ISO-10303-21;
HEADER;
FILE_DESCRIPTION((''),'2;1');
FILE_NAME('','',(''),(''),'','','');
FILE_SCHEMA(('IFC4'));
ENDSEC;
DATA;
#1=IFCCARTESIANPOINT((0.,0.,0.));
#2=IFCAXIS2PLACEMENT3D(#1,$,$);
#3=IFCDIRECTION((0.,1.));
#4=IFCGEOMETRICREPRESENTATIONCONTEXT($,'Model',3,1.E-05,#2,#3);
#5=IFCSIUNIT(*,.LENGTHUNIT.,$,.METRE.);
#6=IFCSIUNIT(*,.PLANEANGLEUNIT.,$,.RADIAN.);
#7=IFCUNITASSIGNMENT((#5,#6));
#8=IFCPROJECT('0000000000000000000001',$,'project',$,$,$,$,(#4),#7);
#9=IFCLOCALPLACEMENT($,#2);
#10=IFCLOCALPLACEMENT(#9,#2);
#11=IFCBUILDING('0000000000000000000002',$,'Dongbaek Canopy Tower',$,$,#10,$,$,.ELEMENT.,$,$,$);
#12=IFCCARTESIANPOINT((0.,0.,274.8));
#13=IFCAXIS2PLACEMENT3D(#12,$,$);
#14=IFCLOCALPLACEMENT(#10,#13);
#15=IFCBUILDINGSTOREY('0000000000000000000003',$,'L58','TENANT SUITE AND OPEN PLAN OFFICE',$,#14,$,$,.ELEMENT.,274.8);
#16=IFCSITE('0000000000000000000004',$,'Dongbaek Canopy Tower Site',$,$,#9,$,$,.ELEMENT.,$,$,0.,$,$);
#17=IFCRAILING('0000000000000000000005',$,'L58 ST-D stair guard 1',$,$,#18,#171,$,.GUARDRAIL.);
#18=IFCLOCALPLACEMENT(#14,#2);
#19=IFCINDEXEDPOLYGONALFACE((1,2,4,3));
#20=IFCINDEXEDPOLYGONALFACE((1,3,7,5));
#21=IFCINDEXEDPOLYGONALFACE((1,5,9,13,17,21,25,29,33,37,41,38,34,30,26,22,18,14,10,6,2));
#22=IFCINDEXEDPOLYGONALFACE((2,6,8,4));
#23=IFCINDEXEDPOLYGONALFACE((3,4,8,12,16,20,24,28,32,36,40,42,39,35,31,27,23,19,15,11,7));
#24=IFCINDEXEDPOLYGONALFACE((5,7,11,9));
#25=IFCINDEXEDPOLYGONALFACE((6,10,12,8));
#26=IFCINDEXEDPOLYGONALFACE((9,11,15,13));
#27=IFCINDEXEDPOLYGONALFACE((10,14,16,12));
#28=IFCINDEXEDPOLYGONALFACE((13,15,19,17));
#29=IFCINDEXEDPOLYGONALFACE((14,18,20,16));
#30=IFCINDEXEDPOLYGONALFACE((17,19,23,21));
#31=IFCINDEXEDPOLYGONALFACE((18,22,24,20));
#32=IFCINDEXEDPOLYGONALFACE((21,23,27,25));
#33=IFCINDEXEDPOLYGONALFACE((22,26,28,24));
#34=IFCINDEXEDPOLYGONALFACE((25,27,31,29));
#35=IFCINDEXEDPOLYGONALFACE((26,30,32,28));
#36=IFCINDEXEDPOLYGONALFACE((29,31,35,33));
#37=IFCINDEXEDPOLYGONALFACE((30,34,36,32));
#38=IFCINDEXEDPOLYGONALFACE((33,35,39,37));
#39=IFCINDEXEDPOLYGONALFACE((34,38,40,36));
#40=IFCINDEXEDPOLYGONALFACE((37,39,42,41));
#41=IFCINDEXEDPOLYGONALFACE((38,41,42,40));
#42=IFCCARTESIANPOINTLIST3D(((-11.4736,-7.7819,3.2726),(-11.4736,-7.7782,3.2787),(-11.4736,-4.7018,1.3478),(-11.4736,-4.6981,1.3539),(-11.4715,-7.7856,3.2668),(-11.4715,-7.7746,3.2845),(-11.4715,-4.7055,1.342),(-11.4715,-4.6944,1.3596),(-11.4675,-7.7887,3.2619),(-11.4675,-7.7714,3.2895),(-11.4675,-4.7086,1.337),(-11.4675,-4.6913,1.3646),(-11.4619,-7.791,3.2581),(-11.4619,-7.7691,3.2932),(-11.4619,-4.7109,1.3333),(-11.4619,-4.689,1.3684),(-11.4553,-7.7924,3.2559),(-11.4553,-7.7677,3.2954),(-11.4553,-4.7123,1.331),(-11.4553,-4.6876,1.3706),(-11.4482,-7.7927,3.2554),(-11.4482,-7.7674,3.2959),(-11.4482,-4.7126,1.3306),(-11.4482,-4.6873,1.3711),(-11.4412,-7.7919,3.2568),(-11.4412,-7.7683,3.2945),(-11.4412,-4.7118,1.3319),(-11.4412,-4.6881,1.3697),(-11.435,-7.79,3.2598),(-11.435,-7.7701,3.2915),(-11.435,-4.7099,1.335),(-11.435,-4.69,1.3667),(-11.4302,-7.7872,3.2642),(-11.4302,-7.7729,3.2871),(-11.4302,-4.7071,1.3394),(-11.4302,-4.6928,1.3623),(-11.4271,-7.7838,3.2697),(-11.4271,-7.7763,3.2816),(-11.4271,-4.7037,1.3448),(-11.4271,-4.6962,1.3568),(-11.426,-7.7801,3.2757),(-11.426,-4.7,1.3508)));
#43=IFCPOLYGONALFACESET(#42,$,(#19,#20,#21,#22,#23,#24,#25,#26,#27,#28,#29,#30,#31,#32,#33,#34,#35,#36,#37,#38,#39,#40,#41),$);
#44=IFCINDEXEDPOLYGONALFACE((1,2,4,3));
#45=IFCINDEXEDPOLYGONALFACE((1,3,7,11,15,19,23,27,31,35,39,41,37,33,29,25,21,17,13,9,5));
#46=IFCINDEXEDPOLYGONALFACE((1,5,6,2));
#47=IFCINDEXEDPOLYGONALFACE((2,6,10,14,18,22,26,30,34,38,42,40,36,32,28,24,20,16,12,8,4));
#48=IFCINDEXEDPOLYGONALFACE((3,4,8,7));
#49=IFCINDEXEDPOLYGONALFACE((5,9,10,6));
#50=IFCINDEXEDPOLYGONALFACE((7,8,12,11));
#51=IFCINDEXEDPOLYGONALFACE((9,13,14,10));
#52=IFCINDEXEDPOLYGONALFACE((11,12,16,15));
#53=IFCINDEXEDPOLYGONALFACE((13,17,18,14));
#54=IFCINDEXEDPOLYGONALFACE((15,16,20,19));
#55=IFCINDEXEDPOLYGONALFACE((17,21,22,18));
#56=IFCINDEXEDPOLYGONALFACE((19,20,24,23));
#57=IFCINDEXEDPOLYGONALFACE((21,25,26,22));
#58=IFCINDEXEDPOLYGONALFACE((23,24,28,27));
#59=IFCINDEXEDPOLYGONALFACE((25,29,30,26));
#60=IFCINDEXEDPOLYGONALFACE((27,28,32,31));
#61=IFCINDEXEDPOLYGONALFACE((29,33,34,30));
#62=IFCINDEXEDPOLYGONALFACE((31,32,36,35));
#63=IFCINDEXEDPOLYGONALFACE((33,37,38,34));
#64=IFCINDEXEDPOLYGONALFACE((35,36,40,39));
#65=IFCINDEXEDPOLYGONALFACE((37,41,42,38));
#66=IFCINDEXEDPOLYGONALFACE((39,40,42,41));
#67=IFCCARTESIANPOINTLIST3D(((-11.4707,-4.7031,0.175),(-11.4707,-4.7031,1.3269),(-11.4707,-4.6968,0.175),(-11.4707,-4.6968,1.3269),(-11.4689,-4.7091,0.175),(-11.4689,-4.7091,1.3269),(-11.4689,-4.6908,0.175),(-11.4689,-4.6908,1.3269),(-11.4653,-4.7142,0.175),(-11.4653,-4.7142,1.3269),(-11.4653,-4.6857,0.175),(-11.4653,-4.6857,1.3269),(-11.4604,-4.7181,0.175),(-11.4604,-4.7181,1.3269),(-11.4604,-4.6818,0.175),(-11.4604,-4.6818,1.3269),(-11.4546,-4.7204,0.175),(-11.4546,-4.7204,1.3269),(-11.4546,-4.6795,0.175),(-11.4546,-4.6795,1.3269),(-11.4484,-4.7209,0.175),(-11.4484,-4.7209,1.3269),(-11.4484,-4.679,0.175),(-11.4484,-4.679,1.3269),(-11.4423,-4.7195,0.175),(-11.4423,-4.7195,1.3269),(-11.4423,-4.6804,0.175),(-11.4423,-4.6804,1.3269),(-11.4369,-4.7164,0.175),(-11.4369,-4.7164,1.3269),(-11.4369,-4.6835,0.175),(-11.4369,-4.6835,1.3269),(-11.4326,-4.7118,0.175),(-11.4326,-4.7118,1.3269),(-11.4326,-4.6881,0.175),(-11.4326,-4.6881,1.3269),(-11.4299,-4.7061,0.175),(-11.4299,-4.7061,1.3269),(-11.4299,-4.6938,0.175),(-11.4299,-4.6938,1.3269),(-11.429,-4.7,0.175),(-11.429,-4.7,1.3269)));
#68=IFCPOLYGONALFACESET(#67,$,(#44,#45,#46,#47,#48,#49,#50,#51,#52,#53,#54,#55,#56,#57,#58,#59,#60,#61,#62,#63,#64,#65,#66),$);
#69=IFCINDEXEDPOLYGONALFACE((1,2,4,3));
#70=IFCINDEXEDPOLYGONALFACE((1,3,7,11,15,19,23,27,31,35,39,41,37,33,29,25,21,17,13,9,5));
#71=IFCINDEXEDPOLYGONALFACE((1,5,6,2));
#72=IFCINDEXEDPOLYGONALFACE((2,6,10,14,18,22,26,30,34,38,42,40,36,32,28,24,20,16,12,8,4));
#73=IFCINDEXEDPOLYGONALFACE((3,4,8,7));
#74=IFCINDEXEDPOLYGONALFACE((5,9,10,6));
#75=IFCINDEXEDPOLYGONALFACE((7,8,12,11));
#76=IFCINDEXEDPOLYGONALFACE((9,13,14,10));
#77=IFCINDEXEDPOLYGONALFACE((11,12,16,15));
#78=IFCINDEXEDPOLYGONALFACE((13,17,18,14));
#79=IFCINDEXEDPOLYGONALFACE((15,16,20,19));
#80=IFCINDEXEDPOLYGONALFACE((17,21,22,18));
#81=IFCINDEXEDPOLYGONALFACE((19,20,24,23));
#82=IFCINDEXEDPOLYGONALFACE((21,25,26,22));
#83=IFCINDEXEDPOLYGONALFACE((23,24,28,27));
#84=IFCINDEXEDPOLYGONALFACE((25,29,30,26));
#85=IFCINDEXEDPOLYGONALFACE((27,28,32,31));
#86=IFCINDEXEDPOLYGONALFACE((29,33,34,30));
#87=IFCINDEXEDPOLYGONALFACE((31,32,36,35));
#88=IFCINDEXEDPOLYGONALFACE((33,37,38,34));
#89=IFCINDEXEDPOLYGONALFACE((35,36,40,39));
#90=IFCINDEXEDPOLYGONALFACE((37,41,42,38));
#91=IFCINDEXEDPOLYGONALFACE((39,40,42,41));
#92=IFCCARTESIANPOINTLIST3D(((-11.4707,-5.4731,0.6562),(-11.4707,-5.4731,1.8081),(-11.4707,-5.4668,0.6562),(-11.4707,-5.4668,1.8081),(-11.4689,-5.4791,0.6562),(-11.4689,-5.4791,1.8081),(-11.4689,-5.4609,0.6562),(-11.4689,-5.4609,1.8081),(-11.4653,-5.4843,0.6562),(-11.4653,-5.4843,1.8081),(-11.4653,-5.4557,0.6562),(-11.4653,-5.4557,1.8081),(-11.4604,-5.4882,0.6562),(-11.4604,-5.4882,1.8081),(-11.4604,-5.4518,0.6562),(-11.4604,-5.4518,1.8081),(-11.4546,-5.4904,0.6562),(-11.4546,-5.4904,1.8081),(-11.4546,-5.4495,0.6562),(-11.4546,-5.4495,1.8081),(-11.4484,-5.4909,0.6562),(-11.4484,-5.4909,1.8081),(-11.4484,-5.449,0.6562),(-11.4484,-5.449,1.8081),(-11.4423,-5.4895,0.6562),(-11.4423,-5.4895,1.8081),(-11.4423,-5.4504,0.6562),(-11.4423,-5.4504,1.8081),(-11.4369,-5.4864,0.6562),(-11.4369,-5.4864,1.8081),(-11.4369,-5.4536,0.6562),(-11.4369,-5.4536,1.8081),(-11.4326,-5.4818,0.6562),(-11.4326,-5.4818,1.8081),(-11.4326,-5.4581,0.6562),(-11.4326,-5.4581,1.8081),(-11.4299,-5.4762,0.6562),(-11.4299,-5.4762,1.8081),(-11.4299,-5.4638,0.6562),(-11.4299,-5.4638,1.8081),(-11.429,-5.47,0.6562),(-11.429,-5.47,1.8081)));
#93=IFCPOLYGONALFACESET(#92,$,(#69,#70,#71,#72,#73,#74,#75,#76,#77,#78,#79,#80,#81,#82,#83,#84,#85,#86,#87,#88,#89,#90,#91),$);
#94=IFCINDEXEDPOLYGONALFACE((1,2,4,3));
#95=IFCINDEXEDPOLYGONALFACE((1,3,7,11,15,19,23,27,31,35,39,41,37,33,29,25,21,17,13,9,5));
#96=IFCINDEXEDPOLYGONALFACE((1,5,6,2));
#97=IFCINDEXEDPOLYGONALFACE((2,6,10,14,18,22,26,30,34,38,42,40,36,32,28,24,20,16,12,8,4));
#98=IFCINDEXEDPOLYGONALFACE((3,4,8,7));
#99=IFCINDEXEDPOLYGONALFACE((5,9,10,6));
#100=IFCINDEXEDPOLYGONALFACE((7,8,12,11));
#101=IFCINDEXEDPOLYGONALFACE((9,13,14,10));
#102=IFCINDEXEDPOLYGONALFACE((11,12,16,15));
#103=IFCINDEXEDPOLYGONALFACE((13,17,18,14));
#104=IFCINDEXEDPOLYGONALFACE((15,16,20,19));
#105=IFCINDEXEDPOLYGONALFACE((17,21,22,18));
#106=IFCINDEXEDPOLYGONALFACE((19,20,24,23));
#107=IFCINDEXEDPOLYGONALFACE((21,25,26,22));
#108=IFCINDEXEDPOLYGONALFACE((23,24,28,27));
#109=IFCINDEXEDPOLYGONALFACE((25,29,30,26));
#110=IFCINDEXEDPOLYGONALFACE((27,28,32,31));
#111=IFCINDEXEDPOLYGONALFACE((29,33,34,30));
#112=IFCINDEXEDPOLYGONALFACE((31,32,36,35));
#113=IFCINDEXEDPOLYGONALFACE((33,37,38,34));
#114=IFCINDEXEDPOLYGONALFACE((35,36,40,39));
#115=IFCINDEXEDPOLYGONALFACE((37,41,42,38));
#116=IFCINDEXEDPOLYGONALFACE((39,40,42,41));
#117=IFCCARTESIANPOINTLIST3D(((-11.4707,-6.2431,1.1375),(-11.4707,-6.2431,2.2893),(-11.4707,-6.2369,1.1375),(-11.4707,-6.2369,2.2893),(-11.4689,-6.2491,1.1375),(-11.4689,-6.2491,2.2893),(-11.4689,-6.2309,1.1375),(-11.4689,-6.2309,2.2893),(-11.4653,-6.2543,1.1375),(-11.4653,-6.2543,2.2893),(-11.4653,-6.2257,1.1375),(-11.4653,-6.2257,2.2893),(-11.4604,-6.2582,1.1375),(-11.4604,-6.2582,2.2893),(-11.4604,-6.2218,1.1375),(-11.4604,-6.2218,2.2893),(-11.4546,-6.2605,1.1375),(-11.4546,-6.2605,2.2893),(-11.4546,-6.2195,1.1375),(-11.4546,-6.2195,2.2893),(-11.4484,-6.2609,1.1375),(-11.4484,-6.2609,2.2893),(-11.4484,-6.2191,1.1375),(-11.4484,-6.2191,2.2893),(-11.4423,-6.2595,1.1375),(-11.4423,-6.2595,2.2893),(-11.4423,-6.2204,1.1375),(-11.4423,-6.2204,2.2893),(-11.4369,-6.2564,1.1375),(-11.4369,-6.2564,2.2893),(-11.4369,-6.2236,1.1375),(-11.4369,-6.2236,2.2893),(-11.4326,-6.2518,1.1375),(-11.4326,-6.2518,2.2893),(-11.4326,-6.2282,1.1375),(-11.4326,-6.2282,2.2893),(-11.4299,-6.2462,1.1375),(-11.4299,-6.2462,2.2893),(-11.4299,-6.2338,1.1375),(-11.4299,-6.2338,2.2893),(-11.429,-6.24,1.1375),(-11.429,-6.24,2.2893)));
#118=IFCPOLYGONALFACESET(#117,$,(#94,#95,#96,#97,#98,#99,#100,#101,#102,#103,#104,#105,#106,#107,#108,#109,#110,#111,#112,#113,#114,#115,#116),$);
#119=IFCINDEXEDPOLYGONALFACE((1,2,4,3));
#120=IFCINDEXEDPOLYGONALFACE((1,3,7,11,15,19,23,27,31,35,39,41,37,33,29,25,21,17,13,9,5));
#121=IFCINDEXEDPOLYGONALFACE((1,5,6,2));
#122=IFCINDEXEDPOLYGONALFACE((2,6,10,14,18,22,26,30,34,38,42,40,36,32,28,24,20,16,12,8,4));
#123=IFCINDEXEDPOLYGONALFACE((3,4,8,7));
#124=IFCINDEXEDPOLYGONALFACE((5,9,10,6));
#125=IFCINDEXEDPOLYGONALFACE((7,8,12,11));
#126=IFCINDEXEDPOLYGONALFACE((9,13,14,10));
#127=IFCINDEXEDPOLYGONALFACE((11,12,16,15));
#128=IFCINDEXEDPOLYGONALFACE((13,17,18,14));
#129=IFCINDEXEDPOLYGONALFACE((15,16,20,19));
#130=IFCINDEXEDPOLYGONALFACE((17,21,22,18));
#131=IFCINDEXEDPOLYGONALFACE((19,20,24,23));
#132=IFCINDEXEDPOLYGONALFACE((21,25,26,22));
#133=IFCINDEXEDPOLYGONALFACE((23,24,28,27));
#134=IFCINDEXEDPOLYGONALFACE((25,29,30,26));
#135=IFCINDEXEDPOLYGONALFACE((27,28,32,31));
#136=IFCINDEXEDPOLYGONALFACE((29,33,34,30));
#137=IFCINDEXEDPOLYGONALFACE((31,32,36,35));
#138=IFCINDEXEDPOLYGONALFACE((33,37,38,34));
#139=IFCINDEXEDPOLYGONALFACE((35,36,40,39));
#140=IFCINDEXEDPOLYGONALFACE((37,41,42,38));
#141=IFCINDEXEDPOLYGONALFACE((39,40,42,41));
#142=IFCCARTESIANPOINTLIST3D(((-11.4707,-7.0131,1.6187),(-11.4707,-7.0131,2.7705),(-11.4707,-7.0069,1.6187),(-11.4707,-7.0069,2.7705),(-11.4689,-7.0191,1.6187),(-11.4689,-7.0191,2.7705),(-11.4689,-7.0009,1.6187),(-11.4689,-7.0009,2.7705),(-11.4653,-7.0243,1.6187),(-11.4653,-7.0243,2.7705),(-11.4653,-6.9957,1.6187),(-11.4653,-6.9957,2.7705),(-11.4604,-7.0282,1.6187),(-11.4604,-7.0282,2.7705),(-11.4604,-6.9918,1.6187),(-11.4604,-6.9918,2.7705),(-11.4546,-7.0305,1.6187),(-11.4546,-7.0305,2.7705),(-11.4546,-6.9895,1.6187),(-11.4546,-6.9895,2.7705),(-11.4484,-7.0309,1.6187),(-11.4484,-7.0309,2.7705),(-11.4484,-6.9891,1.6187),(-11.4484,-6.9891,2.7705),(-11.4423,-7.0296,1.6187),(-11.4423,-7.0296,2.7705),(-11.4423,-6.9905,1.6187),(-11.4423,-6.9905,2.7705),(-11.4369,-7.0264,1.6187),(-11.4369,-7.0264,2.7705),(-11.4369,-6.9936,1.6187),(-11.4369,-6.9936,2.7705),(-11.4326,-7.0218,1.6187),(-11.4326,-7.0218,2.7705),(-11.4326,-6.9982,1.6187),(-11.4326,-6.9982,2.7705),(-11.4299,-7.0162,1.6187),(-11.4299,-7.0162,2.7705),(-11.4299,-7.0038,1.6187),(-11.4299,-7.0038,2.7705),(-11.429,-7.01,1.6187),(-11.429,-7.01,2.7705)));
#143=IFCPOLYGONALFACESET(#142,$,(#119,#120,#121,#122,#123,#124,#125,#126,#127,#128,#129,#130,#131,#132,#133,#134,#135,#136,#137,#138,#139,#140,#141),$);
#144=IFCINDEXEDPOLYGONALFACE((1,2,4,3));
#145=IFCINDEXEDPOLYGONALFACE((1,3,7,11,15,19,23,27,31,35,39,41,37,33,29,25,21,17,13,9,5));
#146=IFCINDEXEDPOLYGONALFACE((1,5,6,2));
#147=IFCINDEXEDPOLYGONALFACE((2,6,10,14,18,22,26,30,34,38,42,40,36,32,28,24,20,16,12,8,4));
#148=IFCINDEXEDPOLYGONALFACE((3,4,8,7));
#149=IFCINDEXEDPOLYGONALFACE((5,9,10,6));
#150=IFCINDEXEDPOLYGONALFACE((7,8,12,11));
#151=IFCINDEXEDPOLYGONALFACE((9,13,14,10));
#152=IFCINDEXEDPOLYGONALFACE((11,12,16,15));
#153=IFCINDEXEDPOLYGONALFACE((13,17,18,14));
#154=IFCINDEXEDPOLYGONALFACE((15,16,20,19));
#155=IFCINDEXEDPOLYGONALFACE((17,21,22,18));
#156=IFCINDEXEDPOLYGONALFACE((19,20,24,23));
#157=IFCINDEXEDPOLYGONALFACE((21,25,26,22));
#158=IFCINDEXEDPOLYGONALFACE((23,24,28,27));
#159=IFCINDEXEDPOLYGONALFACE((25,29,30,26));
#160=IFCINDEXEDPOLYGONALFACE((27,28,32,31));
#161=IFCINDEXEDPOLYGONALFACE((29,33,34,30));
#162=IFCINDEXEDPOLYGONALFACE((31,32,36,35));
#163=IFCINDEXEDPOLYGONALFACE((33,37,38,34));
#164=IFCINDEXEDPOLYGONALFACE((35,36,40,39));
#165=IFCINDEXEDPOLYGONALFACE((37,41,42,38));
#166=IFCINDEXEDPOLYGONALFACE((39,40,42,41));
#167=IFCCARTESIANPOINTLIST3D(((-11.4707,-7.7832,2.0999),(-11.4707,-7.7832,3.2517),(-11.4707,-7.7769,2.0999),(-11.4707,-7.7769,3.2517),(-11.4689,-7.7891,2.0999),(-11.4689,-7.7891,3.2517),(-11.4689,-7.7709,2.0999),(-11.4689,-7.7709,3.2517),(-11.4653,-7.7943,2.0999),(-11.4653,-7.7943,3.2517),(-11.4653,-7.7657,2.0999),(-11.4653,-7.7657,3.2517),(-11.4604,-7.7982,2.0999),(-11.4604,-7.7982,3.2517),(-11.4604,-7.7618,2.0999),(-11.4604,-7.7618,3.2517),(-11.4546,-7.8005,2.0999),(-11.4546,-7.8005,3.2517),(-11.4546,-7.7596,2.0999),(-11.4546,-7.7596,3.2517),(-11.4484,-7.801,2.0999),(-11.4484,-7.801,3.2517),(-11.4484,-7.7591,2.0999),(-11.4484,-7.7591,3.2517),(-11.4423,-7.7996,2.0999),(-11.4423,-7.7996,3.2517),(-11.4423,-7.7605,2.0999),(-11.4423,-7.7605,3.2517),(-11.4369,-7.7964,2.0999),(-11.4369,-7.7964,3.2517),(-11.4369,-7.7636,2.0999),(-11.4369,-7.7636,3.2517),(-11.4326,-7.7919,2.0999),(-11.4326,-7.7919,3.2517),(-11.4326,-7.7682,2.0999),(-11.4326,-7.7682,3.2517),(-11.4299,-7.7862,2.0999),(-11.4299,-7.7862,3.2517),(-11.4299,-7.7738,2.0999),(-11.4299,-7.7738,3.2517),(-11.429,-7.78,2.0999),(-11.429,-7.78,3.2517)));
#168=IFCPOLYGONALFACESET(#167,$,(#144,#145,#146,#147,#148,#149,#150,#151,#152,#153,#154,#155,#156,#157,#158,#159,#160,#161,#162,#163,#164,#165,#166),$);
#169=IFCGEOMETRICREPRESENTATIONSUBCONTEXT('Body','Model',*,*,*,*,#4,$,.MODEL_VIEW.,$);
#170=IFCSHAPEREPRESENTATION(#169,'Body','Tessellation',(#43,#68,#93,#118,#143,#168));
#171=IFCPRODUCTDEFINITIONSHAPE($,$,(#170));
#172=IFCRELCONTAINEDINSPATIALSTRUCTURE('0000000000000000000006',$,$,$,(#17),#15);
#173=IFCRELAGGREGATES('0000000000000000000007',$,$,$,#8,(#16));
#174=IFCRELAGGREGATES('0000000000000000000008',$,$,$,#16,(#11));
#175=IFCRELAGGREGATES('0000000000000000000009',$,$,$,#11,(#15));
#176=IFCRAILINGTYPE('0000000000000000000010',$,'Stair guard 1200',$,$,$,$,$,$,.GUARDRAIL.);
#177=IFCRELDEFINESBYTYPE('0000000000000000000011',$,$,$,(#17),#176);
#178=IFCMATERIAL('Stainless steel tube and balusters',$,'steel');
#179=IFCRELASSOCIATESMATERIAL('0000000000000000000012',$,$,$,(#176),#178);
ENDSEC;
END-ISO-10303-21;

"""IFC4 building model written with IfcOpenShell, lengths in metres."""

from ifc_helpers import new_model, si_unit, direction, frame, origin, origin_2d, place, context, subcontext, project, spatial, circle, extrude, material, type_object, element, save


model = new_model("IFC4")

# Units and contexts
model_context = context("Model", 3, precision=1e-05, world=origin(), true_north=direction((0.0, 1.0)))
body_context = subcontext(model_context, "Body", "Model", "MODEL_VIEW")
ifc_project = project(units=[si_unit("LENGTHUNIT", "METRE"), si_unit("PLANEANGLEUNIT", "RADIAN")], contexts=[model_context])

# Site, building, storey
site_placement = place(None, origin())
site = spatial("IfcSite", under=ifc_project, at=site_placement, Name="Dongbaek Canopy Tower Site", CompositionType="ELEMENT", RefElevation=0.0)
building_placement = place(site_placement, origin())
building = spatial("IfcBuilding", under=site, at=building_placement, Name="Dongbaek Canopy Tower", CompositionType="ELEMENT")
storey_placement = place(building_placement, frame((0.0, 0.0, 274.8)))
storey = spatial("IfcBuildingStorey", under=building, at=storey_placement, Name="L58", Description="TENANT SUITE AND OPEN PLAN OFFICE", CompositionType="ELEMENT", Elevation=274.8)

# Railing
ifc_material_1 = material(Name="Stainless steel tube and balusters", Category="steel")
railing_type_1 = type_object("IfcRailingType", Name="Stair guard 1200", PredefinedType="GUARDRAIL", material=ifc_material_1)
railing_1_placement = place(storey_placement, frame((-11.45, -4.7, 0.175)))
element("IfcRailing", 1, at=railing_1_placement, inside=storey, type_object=railing_type_1, Name="L58 ST-D stair guard 1", PredefinedType="GUARDRAIL", context=body_context, shape_type="SweptSolid", body=[
    extrude(circle(Radius=0.0239, at=origin_2d()), frame((0.0, 0.0, 1.1758), z_axis=(0.0, -0.848029, 0.529951), x_axis=(1.0, 0.0, 0.0)), (0.0, 0.0, 1.0), 3.6321),
    extrude(circle(Radius=0.021, at=origin_2d()), origin(), (0.0, 0.0, 1.0), 1.1519),
    extrude(circle(Radius=0.021, at=origin_2d()), frame((0.0, -0.77, 0.4812)), (0.0, 0.0, 1.0), 1.1519),
    extrude(circle(Radius=0.021, at=origin_2d()), frame((0.0, -1.54, 0.9624)), (0.0, 0.0, 1.0), 1.1519),
    extrude(circle(Radius=0.021, at=origin_2d()), frame((0.0, -2.3101, 1.4436)), (0.0, 0.0, 1.0), 1.1519),
    extrude(circle(Radius=0.021, at=origin_2d()), frame((0.0, -3.0801, 1.9248)), (0.0, 0.0, 1.0), 1.1519),
])

save(model, "model.ifc")
